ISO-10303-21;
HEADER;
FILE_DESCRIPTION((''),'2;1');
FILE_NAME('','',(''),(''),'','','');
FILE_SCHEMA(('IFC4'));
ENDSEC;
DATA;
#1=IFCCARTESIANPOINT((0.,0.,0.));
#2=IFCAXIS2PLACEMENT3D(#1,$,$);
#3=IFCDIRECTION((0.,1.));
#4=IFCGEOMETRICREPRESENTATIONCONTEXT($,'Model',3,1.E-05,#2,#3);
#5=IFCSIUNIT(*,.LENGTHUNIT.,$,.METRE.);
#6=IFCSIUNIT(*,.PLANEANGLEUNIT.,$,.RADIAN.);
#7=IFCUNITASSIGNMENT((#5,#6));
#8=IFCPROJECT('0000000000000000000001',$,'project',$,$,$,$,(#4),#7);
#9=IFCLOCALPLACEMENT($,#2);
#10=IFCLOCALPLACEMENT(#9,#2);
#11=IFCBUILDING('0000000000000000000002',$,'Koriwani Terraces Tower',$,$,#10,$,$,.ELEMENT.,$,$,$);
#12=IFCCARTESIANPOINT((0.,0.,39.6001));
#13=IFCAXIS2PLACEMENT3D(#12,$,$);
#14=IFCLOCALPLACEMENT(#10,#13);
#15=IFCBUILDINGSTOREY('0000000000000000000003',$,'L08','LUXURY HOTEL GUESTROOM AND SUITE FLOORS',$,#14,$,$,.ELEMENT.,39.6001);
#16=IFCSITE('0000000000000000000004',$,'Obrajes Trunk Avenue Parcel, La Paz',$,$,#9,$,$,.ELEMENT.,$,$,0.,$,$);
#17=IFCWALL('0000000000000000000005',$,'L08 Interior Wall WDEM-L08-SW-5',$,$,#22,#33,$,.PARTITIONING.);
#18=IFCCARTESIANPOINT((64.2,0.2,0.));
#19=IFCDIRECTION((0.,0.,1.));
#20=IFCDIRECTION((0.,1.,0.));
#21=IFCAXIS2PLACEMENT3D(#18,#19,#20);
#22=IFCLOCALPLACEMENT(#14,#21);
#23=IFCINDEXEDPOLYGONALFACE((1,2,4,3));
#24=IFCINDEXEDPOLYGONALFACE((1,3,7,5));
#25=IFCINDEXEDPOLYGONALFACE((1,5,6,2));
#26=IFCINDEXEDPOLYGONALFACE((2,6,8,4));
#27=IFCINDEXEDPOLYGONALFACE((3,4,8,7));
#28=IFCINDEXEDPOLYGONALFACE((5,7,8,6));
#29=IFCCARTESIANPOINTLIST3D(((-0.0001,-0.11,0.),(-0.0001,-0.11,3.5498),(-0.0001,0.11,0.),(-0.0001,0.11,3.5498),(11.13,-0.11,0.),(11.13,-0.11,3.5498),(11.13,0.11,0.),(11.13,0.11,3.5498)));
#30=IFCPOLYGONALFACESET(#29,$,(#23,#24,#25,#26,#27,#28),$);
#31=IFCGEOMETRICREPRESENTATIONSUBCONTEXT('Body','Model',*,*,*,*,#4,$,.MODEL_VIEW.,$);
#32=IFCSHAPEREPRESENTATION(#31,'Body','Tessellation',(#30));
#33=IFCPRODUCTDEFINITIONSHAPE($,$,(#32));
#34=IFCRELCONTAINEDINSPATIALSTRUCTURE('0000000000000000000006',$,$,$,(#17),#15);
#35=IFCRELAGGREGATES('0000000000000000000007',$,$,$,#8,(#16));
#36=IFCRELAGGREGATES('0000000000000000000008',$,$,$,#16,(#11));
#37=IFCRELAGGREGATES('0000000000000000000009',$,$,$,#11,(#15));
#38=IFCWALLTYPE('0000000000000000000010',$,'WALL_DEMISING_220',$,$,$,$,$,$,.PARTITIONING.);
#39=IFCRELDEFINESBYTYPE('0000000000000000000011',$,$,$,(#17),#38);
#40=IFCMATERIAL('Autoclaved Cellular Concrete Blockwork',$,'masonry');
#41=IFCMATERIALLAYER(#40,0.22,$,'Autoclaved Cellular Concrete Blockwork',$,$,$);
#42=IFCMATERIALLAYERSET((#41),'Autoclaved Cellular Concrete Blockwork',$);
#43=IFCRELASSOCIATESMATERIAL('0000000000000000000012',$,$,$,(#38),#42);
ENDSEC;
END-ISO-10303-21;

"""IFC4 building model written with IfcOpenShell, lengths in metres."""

from ifc_helpers import new_model, si_unit, direction, frame, frame_2d, origin, place, context, subcontext, project, spatial, rectangle, extrude, material, layer, layer_set, type_object, element, save


model = new_model("IFC4")

# Units and contexts
model_context = context("Model", 3, precision=1e-05, world=origin(), true_north=direction((0.0, 1.0)))
body_context = subcontext(model_context, "Body", "Model", "MODEL_VIEW")
ifc_project = project(units=[si_unit("LENGTHUNIT", "METRE"), si_unit("PLANEANGLEUNIT", "RADIAN")], contexts=[model_context])

# Site, building, storey
site_placement = place(None, origin())
site = spatial("IfcSite", under=ifc_project, at=site_placement, Name="Obrajes Trunk Avenue Parcel, La Paz", CompositionType="ELEMENT", RefElevation=0.0)
building_placement = place(site_placement, origin())
building = spatial("IfcBuilding", under=site, at=building_placement, Name="Koriwani Terraces Tower", CompositionType="ELEMENT")
storey_placement = place(building_placement, frame((0.0, 0.0, 39.6001)))
storey = spatial("IfcBuildingStorey", under=building, at=storey_placement, Name="L08", Description="LUXURY HOTEL GUESTROOM AND SUITE FLOORS", CompositionType="ELEMENT", Elevation=39.6001)

# Shared definitions
ifc_material_1 = material(Name="Autoclaved Cellular Concrete Blockwork", Category="masonry")

# Wall
ifc_layer_1 = layer(ifc_material_1, 0.22, Name="Autoclaved Cellular Concrete Blockwork")
ifc_layer_set_1 = layer_set([ifc_layer_1], Name="Autoclaved Cellular Concrete Blockwork")
wall_type_1 = type_object("IfcWallType", Name="WALL_DEMISING_220", PredefinedType="PARTITIONING", material=ifc_layer_set_1)
wall_1_placement = place(storey_placement, frame((64.2, 0.2, 0.0), z_axis=(0.0, 0.0, 1.0), x_axis=(0.0, 1.0, 0.0)))
element("IfcWall", 1, at=wall_1_placement, inside=storey, type_object=wall_type_1, Name="L08 Interior Wall WDEM-L08-SW-5", PredefinedType="PARTITIONING", context=body_context, shape_type="SweptSolid", body=[
    extrude(rectangle(XDim=11.1301, YDim=0.22, at=frame_2d((5.5649, 0.0))), origin(), (0.0, 0.0, 1.0), 3.5498),
])

save(model, "model.ifc")
